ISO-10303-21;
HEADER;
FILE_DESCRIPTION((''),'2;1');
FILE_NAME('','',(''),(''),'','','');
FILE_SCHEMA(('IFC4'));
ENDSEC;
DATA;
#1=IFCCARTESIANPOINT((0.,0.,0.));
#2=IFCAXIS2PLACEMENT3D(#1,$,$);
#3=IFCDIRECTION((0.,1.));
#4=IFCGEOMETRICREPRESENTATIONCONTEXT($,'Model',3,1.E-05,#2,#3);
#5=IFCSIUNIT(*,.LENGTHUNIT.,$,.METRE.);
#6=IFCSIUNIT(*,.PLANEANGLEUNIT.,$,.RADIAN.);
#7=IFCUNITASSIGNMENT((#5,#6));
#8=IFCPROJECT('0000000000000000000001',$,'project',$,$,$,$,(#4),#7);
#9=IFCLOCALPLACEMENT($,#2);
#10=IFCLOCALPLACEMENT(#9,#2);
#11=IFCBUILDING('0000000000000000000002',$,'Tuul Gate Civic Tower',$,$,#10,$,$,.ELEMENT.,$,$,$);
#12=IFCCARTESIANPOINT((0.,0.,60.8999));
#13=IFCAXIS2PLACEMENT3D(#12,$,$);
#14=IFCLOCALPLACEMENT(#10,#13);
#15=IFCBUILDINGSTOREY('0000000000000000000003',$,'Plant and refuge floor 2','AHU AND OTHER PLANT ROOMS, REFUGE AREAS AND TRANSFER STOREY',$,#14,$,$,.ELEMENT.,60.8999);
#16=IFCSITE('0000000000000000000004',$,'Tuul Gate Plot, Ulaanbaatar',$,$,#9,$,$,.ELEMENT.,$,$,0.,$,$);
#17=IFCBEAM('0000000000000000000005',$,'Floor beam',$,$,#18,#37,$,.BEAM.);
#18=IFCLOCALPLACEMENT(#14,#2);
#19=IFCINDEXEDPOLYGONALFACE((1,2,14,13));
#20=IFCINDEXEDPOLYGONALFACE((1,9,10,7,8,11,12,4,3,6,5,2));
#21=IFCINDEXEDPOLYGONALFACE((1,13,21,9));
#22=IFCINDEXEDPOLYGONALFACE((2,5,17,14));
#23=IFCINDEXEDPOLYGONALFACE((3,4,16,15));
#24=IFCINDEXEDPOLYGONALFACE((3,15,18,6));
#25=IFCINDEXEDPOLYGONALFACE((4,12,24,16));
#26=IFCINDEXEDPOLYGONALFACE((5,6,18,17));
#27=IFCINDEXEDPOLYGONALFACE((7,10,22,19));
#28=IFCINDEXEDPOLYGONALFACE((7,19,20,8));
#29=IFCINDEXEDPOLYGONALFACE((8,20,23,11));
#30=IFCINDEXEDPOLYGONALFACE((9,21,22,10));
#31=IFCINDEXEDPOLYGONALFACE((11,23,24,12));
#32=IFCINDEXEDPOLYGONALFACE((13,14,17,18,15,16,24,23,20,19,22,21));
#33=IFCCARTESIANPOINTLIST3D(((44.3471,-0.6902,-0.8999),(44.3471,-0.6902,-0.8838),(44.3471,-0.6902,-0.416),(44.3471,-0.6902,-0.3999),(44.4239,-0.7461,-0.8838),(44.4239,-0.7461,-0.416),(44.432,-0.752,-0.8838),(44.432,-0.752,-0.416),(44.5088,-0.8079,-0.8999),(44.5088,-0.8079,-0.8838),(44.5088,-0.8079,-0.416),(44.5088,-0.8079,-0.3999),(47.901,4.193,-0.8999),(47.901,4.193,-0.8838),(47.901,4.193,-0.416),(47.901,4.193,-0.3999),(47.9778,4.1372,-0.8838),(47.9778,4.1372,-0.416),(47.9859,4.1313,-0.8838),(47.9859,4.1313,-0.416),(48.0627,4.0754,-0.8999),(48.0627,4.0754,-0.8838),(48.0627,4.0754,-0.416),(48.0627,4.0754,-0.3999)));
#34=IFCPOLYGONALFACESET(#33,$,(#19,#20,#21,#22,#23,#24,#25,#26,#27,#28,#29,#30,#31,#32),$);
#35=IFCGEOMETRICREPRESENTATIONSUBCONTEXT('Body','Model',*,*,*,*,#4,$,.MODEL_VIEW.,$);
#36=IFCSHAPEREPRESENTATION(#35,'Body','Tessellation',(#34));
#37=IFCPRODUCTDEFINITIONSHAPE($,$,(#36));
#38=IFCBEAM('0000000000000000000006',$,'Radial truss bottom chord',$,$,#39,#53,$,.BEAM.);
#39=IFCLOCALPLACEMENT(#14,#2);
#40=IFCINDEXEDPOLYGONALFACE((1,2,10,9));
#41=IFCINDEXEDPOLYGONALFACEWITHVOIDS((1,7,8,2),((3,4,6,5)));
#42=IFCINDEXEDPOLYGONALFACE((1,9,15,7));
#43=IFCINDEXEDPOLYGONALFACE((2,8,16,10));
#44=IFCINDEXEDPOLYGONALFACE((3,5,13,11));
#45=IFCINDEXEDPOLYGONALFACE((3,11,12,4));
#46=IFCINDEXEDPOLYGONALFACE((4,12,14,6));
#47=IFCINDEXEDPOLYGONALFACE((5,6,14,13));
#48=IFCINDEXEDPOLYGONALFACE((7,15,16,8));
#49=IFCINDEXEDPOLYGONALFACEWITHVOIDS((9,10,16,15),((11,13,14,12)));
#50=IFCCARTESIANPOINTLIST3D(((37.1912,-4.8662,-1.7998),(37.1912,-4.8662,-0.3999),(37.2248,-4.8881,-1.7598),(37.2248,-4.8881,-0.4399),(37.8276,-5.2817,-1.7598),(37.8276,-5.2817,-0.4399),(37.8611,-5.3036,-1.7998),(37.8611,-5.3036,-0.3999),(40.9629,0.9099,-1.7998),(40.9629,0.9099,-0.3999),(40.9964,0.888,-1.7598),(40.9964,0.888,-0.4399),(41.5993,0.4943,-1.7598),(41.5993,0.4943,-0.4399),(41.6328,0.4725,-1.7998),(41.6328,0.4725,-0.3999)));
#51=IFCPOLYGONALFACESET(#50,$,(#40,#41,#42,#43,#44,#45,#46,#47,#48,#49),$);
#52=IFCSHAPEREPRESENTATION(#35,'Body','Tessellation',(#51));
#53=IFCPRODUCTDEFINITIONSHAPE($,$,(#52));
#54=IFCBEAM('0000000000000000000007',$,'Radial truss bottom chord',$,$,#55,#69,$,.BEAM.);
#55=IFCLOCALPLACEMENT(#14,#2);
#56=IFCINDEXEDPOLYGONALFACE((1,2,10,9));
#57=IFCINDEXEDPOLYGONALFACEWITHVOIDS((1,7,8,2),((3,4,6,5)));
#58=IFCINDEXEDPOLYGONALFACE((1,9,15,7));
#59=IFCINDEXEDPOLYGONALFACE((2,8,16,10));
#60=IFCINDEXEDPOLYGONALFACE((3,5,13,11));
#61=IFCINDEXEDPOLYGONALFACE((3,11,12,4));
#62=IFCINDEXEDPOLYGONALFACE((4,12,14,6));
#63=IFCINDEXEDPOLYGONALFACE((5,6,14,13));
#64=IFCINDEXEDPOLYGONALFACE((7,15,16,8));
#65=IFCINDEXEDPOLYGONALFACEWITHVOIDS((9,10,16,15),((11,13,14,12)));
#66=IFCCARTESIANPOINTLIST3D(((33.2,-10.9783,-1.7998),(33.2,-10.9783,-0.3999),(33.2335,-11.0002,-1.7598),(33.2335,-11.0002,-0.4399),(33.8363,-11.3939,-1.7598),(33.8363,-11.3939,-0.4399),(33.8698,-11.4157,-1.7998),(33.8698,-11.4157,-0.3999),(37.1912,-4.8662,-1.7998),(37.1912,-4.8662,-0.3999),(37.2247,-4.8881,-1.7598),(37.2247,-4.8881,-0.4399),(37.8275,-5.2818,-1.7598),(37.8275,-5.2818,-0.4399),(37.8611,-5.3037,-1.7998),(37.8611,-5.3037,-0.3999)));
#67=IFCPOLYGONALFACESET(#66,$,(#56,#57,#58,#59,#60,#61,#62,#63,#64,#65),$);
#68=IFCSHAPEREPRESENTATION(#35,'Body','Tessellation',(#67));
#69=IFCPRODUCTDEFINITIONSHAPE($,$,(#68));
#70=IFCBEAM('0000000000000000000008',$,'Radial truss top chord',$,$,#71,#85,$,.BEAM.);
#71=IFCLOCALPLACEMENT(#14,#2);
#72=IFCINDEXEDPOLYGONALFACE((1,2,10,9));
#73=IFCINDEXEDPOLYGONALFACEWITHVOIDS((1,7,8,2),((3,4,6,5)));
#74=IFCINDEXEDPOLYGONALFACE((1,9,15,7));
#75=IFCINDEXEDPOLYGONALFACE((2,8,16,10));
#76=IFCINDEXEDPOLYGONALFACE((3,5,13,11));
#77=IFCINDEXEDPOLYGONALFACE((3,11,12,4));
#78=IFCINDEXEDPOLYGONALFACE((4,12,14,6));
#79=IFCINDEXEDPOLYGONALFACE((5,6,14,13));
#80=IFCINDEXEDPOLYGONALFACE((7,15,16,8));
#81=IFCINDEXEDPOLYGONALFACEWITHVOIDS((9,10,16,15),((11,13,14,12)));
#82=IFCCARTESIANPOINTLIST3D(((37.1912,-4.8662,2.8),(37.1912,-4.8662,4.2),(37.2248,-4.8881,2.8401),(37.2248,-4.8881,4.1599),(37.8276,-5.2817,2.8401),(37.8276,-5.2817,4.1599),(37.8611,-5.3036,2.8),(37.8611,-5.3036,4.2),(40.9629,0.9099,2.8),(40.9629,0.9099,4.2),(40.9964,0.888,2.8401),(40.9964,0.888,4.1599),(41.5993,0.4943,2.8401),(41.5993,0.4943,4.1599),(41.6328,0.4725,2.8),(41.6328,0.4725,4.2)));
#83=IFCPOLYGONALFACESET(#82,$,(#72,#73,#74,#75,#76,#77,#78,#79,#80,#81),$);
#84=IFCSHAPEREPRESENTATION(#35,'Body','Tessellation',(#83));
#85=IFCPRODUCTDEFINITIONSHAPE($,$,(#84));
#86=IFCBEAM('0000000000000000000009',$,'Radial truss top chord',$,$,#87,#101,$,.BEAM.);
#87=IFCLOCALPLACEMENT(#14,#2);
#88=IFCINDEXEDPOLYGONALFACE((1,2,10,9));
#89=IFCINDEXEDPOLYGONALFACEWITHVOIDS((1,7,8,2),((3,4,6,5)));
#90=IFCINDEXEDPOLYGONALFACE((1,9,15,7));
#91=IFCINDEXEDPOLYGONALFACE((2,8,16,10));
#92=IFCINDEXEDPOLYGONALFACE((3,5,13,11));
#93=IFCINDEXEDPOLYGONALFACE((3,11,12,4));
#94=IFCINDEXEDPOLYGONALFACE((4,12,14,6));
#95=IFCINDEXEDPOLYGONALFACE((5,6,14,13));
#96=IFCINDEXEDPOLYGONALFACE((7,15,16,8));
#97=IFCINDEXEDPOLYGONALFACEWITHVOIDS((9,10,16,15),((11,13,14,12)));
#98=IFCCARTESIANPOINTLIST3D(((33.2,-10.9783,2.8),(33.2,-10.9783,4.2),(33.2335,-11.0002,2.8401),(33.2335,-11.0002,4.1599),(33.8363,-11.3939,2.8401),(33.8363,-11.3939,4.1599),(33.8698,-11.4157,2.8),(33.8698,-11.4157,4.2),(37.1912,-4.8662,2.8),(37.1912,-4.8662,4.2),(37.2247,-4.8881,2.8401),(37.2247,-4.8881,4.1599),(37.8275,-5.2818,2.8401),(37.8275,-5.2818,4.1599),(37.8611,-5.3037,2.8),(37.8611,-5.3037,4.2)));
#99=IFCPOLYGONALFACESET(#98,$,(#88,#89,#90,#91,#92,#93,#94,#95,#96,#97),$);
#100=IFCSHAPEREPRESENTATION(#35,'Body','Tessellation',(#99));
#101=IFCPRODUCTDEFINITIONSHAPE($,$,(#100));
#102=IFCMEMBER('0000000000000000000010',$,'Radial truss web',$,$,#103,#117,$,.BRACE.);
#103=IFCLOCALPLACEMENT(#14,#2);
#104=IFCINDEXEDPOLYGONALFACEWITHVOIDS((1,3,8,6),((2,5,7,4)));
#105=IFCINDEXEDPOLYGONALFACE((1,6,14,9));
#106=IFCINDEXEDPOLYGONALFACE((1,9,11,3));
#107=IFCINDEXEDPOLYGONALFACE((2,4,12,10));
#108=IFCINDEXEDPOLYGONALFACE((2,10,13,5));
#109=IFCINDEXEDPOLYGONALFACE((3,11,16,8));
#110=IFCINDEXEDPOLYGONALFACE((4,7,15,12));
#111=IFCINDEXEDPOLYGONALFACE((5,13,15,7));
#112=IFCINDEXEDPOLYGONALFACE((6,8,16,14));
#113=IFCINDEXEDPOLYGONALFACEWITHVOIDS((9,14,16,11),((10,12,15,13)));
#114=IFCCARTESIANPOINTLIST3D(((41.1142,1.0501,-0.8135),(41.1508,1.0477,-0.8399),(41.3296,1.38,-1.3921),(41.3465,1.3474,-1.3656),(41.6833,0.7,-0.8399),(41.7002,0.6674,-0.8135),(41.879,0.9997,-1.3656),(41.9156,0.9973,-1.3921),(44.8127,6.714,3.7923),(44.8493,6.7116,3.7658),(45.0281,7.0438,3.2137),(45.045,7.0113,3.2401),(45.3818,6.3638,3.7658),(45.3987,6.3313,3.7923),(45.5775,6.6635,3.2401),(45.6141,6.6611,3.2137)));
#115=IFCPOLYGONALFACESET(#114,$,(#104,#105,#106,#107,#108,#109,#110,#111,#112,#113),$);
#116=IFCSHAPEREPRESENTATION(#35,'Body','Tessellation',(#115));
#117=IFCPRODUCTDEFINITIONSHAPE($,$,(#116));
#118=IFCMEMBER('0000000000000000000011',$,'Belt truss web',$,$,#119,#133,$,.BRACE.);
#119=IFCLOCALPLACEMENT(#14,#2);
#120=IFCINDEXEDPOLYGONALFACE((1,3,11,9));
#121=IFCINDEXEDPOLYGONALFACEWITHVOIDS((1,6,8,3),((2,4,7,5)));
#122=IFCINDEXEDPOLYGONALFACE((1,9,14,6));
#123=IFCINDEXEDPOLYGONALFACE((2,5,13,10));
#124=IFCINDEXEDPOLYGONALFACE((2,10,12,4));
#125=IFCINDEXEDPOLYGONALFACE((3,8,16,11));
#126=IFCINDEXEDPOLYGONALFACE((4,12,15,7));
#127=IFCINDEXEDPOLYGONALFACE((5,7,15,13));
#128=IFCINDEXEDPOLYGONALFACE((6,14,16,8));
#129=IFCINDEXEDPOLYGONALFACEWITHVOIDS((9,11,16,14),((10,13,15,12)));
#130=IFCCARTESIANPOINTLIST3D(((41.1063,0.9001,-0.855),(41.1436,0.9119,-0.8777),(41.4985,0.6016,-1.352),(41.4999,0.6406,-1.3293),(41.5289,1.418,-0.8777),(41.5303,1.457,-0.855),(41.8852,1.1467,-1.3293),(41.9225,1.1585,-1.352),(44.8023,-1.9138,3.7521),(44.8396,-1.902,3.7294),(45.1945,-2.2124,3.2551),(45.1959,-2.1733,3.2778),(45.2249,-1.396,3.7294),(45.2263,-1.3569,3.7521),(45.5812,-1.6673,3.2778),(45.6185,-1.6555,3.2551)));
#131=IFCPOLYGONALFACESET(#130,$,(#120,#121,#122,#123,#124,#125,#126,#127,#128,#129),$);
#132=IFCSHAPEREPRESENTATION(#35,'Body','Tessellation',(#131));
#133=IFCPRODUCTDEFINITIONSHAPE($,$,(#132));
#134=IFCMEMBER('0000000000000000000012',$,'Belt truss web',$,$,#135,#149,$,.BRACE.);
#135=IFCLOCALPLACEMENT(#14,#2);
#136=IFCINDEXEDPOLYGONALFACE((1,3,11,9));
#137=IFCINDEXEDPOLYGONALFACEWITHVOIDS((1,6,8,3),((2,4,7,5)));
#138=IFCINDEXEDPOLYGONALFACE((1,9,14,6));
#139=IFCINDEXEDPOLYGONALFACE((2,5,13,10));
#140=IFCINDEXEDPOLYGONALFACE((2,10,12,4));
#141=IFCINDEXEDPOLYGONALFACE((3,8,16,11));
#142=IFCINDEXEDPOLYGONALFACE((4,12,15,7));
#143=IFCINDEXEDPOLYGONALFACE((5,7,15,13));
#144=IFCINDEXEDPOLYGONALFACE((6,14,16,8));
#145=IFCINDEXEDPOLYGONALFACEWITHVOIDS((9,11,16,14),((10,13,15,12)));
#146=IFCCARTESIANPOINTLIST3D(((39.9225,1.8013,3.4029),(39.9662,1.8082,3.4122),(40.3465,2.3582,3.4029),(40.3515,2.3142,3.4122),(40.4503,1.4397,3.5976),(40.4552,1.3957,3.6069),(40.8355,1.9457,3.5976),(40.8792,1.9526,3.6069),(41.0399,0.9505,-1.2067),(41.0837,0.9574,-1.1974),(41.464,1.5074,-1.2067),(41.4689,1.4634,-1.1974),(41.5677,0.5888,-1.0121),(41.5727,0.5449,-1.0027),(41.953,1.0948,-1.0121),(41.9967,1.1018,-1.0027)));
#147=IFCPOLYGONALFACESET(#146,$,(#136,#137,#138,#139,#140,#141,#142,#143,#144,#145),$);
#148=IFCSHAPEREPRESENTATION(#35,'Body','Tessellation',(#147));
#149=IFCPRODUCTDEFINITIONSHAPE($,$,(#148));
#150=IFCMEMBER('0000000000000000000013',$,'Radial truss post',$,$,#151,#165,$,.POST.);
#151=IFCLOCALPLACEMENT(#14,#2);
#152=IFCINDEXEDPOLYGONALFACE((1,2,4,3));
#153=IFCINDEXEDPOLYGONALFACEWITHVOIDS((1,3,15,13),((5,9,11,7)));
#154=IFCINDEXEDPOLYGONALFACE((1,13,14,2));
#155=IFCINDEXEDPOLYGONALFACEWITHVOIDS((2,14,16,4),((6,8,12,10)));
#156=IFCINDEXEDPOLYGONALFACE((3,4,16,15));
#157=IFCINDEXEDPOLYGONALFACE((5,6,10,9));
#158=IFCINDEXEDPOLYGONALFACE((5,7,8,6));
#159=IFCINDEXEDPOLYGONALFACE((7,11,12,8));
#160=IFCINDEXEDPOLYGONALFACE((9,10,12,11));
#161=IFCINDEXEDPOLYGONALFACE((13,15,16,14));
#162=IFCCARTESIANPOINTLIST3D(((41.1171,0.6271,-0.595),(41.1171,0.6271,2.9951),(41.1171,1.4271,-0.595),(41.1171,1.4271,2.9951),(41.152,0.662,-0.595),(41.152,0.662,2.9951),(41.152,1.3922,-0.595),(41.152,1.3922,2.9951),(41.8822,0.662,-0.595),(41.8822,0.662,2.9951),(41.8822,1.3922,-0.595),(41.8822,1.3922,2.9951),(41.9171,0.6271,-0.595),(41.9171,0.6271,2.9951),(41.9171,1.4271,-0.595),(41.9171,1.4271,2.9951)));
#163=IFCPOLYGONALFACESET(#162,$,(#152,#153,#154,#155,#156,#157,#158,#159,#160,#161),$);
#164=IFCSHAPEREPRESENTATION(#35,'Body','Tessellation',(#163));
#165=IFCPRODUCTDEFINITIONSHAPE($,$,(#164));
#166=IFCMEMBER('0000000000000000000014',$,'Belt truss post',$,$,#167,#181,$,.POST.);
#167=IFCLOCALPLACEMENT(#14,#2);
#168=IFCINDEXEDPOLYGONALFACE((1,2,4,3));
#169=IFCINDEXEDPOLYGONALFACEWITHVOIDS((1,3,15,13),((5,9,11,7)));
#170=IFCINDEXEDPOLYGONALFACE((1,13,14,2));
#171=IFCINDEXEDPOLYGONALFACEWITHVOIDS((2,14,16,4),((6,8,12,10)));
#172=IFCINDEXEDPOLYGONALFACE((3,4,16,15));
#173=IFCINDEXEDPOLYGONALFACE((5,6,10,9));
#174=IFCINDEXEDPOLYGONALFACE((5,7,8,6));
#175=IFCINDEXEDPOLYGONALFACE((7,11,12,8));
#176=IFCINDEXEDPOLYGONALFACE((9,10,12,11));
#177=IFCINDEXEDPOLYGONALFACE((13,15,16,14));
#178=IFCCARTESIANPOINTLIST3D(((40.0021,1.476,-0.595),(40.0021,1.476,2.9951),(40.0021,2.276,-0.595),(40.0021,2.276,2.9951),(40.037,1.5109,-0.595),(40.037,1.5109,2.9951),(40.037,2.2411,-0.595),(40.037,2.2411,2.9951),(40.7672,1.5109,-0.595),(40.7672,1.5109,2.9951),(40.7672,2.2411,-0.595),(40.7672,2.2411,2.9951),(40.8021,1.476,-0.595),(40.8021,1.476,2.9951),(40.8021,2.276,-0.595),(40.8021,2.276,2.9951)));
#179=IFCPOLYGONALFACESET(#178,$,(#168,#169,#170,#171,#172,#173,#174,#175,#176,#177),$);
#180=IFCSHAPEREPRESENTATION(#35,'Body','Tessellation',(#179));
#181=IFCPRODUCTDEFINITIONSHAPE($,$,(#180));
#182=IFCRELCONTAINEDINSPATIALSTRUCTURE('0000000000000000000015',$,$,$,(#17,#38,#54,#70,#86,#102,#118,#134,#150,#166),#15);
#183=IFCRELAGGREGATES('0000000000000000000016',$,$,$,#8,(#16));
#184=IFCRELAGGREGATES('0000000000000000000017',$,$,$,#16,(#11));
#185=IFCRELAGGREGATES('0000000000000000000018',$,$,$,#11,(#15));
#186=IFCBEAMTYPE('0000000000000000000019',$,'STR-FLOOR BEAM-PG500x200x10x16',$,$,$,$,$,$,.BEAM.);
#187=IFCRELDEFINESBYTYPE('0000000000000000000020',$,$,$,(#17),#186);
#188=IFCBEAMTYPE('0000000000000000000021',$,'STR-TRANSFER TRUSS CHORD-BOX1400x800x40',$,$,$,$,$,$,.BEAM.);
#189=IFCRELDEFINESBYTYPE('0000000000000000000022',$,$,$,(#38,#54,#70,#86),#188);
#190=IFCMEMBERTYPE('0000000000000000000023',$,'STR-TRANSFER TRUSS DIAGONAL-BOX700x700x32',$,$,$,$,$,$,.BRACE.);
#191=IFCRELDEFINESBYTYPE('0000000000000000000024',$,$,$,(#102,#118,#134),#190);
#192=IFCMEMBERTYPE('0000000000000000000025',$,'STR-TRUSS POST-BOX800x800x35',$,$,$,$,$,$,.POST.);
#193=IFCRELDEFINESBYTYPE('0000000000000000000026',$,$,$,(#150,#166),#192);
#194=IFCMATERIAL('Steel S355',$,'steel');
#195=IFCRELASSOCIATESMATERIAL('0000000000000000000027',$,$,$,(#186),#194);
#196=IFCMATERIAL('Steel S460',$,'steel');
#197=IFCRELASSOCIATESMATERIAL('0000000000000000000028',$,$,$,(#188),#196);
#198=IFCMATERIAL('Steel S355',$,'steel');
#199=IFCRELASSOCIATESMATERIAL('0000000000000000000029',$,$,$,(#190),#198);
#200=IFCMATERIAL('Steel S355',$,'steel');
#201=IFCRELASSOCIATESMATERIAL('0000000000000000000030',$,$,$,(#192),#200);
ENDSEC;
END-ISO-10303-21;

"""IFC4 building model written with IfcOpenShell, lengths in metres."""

from ifc_helpers import new_model, si_unit, direction, frame, origin, origin_2d, place, context, subcontext, project, spatial, hollow_rectangle, i_section, extrude, material, material_profile, profile_set, type_object, element, save


model = new_model("IFC4")

# Units and contexts
model_context = context("Model", 3, precision=1e-05, world=origin(), true_north=direction((0.0, 1.0)))
body_context = subcontext(model_context, "Body", "Model", "MODEL_VIEW")
ifc_project = project(units=[si_unit("LENGTHUNIT", "METRE"), si_unit("PLANEANGLEUNIT", "RADIAN")], contexts=[model_context])

# Site, building, storey
site_placement = place(None, origin())
site = spatial("IfcSite", under=ifc_project, at=site_placement, Name="Tuul Gate Plot, Ulaanbaatar", CompositionType="ELEMENT", RefElevation=0.0)
building_placement = place(site_placement, origin())
building = spatial("IfcBuilding", under=site, at=building_placement, Name="Tuul Gate Civic Tower", CompositionType="ELEMENT")
storey_placement = place(building_placement, frame((0.0, 0.0, 60.8999)))
storey = spatial("IfcBuildingStorey", under=building, at=storey_placement, Name="Plant and refuge floor 2", Description="AHU AND OTHER PLANT ROOMS, REFUGE AREAS AND TRANSFER STOREY", CompositionType="ELEMENT", Elevation=60.8999)

# Beams
ifc_material_1 = material(Name="Steel S355", Category="steel")
ifc_material_profile_1 = material_profile(ifc_material_1, i_section(OverallWidth=0.2, OverallDepth=0.5, WebThickness=0.01, FlangeThickness=0.0161, at=origin_2d()), Name="PG500x200x10x16")
ifc_profile_set_1 = profile_set([ifc_material_profile_1], Name="Steel S355")
beam_type_1 = type_object("IfcBeamType", Name="STR-FLOOR BEAM-PG500x200x10x16", PredefinedType="BEAM", material=ifc_profile_set_1)
beam_1_placement = place(storey_placement, frame((44.428, -0.749, -0.6499), z_axis=(0.588438, 0.808542, 0.0), x_axis=(-0.808542, 0.588438, 0.0)))
element("IfcBeam", 1, at=beam_1_placement, inside=storey, type_object=beam_type_1, Name="Floor beam", PredefinedType="BEAM", context=body_context, shape_type="SweptSolid", body=[
    extrude(i_section(OverallWidth=0.2, OverallDepth=0.5, WebThickness=0.01, FlangeThickness=0.0161, at=origin_2d()), origin(), (0.0, 0.0, 1.0), 6.0396),
])
ifc_material_2 = material(Name="Steel S460", Category="steel")
ifc_material_profile_2 = material_profile(ifc_material_2, hollow_rectangle(XDim=0.8, YDim=1.3999, WallThickness=0.04, at=origin_2d()), Name="BOX1400x800x40")
ifc_profile_set_2 = profile_set([ifc_material_profile_2], Name="Steel S460")
beam_type_2 = type_object("IfcBeamType", Name="STR-TRANSFER TRUSS CHORD-BOX1400x800x40", PredefinedType="BEAM", material=ifc_profile_set_2)
beam_2_placement = place(storey_placement, frame((41.2979, 0.6912, -1.0999), z_axis=(-0.546745, -0.837299, 0.0), x_axis=(0.837299, -0.546745, 0.0)))
element("IfcBeam", 2, at=beam_2_placement, inside=storey, type_object=beam_type_2, Name="Radial truss bottom chord", PredefinedType="BEAM", context=body_context, shape_type="SweptSolid", body=[
    extrude(hollow_rectangle(XDim=0.8, YDim=1.3999, WallThickness=0.04, at=origin_2d()), origin(), (0.0, 0.0, 1.0), 6.8984),
])
beam_3_placement = place(storey_placement, frame((37.5261, -5.085, -1.0999), z_axis=(-0.546756, -0.837292, 0.0), x_axis=(0.837292, -0.546756, 0.0)))
element("IfcBeam", 3, at=beam_3_placement, inside=storey, type_object=beam_type_2, Name="Radial truss bottom chord", PredefinedType="BEAM", context=body_context, shape_type="SweptSolid", body=[
    extrude(hollow_rectangle(XDim=0.8, YDim=1.3999, WallThickness=0.04, at=origin_2d()), origin(), (0.0, 0.0, 1.0), 7.2998),
])
beam_4_placement = place(storey_placement, frame((41.2979, 0.6912, 3.5), z_axis=(-0.546745, -0.837299, 0.0), x_axis=(0.837299, -0.546745, 0.0)))
element("IfcBeam", 4, at=beam_4_placement, inside=storey, type_object=beam_type_2, Name="Radial truss top chord", PredefinedType="BEAM", context=body_context, shape_type="SweptSolid", body=[
    extrude(hollow_rectangle(XDim=0.8, YDim=1.3999, WallThickness=0.04, at=origin_2d()), origin(), (0.0, 0.0, 1.0), 6.8984),
])
beam_5_placement = place(storey_placement, frame((37.5261, -5.085, 3.5), z_axis=(-0.546756, -0.837292, 0.0), x_axis=(0.837292, -0.546756, 0.0)))
element("IfcBeam", 5, at=beam_5_placement, inside=storey, type_object=beam_type_2, Name="Radial truss top chord", PredefinedType="BEAM", context=body_context, shape_type="SweptSolid", body=[
    extrude(hollow_rectangle(XDim=0.8, YDim=1.3999, WallThickness=0.04, at=origin_2d()), origin(), (0.0, 0.0, 1.0), 7.2998),
])

# Members
ifc_material_3 = material(Name="Steel S355", Category="steel")
ifc_material_profile_3 = material_profile(ifc_material_3, hollow_rectangle(XDim=0.7, YDim=0.7, WallThickness=0.032, at=origin_2d()), Name="BOX700x700x32")
ifc_profile_set_3 = profile_set([ifc_material_profile_3], Name="Steel S355")
member_type_1 = type_object("IfcMemberType", Name="STR-TRANSFER TRUSS DIAGONAL-BOX700x700x32", PredefinedType="BRACE", material=ifc_profile_set_3)
member_1_placement = place(storey_placement, frame((41.5149, 1.0237, -1.1028), z_axis=(0.451942, 0.692099, 0.562802), x_axis=(-0.837293, 0.546754, 0.0)))
element("IfcMember", 6, at=member_1_placement, inside=storey, type_object=member_type_1, Name="Radial truss web", PredefinedType="BRACE", context=body_context, shape_type="SweptSolid", body=[
    extrude(hollow_rectangle(XDim=0.7, YDim=0.7, WallThickness=0.032, at=origin_2d()), origin(), (0.0, 0.0, 1.0), 8.1836),
])
member_2_placement = place(storey_placement, frame((41.5144, 1.0293, -1.1035), z_axis=(0.564922, -0.430101, 0.704185), x_axis=(0.605761, 0.795646, 0.0)))
element("IfcMember", 7, at=member_2_placement, inside=storey, type_object=member_type_1, Name="Belt truss web", PredefinedType="BRACE", context=body_context, shape_type="SweptSolid", body=[
    extrude(hollow_rectangle(XDim=0.7, YDim=0.7, WallThickness=0.032, at=origin_2d()), origin(), (0.0, 0.0, 1.0), 6.5425),
])
member_3_placement = place(storey_placement, frame((41.5183, 1.0261, -1.1047), z_axis=(-0.231888, 0.176564, 0.956584), x_axis=(-0.605797, -0.795619, 0.0)))
element("IfcMember", 8, at=member_3_placement, inside=storey, type_object=member_type_1, Name="Belt truss web", PredefinedType="BRACE", context=body_context, shape_type="SweptSolid", body=[
    extrude(hollow_rectangle(XDim=0.7, YDim=0.7, WallThickness=0.032, at=origin_2d()), origin(), (0.0, 0.0, 1.0), 4.8188),
])
ifc_material_4 = material(Name="Steel S355", Category="steel")
ifc_material_profile_4 = material_profile(ifc_material_4, hollow_rectangle(XDim=0.8, YDim=0.8, WallThickness=0.0349, at=origin_2d()), Name="BOX800x800x35")
ifc_profile_set_4 = profile_set([ifc_material_profile_4], Name="Steel S355")
member_type_2 = type_object("IfcMemberType", Name="STR-TRUSS POST-BOX800x800x35", PredefinedType="POST", material=ifc_profile_set_4)
for number, where, z_axis, x_axis, name in (
    (9, (41.5171, 1.0271, -0.595), (0.0, 0.0, 1.0), (1.0, 0.0, 0.0), "Radial truss post"),
    (10, (40.4021, 1.876, -0.595), (0.0, 0.0, 1.0), (1.0, 0.0, 0.0), "Belt truss post"),
):
    element("IfcMember", number, at=place(storey_placement, frame(where, z_axis=z_axis, x_axis=x_axis)), inside=storey, type_object=member_type_2, Name=name, PredefinedType="POST", context=body_context, shape_type="SweptSolid", body=[
        extrude(hollow_rectangle(XDim=0.8, YDim=0.8, WallThickness=0.0349, at=origin_2d()), origin(), (0.0, 0.0, 1.0), 3.5901),
    ])

save(model, "model.ifc")
